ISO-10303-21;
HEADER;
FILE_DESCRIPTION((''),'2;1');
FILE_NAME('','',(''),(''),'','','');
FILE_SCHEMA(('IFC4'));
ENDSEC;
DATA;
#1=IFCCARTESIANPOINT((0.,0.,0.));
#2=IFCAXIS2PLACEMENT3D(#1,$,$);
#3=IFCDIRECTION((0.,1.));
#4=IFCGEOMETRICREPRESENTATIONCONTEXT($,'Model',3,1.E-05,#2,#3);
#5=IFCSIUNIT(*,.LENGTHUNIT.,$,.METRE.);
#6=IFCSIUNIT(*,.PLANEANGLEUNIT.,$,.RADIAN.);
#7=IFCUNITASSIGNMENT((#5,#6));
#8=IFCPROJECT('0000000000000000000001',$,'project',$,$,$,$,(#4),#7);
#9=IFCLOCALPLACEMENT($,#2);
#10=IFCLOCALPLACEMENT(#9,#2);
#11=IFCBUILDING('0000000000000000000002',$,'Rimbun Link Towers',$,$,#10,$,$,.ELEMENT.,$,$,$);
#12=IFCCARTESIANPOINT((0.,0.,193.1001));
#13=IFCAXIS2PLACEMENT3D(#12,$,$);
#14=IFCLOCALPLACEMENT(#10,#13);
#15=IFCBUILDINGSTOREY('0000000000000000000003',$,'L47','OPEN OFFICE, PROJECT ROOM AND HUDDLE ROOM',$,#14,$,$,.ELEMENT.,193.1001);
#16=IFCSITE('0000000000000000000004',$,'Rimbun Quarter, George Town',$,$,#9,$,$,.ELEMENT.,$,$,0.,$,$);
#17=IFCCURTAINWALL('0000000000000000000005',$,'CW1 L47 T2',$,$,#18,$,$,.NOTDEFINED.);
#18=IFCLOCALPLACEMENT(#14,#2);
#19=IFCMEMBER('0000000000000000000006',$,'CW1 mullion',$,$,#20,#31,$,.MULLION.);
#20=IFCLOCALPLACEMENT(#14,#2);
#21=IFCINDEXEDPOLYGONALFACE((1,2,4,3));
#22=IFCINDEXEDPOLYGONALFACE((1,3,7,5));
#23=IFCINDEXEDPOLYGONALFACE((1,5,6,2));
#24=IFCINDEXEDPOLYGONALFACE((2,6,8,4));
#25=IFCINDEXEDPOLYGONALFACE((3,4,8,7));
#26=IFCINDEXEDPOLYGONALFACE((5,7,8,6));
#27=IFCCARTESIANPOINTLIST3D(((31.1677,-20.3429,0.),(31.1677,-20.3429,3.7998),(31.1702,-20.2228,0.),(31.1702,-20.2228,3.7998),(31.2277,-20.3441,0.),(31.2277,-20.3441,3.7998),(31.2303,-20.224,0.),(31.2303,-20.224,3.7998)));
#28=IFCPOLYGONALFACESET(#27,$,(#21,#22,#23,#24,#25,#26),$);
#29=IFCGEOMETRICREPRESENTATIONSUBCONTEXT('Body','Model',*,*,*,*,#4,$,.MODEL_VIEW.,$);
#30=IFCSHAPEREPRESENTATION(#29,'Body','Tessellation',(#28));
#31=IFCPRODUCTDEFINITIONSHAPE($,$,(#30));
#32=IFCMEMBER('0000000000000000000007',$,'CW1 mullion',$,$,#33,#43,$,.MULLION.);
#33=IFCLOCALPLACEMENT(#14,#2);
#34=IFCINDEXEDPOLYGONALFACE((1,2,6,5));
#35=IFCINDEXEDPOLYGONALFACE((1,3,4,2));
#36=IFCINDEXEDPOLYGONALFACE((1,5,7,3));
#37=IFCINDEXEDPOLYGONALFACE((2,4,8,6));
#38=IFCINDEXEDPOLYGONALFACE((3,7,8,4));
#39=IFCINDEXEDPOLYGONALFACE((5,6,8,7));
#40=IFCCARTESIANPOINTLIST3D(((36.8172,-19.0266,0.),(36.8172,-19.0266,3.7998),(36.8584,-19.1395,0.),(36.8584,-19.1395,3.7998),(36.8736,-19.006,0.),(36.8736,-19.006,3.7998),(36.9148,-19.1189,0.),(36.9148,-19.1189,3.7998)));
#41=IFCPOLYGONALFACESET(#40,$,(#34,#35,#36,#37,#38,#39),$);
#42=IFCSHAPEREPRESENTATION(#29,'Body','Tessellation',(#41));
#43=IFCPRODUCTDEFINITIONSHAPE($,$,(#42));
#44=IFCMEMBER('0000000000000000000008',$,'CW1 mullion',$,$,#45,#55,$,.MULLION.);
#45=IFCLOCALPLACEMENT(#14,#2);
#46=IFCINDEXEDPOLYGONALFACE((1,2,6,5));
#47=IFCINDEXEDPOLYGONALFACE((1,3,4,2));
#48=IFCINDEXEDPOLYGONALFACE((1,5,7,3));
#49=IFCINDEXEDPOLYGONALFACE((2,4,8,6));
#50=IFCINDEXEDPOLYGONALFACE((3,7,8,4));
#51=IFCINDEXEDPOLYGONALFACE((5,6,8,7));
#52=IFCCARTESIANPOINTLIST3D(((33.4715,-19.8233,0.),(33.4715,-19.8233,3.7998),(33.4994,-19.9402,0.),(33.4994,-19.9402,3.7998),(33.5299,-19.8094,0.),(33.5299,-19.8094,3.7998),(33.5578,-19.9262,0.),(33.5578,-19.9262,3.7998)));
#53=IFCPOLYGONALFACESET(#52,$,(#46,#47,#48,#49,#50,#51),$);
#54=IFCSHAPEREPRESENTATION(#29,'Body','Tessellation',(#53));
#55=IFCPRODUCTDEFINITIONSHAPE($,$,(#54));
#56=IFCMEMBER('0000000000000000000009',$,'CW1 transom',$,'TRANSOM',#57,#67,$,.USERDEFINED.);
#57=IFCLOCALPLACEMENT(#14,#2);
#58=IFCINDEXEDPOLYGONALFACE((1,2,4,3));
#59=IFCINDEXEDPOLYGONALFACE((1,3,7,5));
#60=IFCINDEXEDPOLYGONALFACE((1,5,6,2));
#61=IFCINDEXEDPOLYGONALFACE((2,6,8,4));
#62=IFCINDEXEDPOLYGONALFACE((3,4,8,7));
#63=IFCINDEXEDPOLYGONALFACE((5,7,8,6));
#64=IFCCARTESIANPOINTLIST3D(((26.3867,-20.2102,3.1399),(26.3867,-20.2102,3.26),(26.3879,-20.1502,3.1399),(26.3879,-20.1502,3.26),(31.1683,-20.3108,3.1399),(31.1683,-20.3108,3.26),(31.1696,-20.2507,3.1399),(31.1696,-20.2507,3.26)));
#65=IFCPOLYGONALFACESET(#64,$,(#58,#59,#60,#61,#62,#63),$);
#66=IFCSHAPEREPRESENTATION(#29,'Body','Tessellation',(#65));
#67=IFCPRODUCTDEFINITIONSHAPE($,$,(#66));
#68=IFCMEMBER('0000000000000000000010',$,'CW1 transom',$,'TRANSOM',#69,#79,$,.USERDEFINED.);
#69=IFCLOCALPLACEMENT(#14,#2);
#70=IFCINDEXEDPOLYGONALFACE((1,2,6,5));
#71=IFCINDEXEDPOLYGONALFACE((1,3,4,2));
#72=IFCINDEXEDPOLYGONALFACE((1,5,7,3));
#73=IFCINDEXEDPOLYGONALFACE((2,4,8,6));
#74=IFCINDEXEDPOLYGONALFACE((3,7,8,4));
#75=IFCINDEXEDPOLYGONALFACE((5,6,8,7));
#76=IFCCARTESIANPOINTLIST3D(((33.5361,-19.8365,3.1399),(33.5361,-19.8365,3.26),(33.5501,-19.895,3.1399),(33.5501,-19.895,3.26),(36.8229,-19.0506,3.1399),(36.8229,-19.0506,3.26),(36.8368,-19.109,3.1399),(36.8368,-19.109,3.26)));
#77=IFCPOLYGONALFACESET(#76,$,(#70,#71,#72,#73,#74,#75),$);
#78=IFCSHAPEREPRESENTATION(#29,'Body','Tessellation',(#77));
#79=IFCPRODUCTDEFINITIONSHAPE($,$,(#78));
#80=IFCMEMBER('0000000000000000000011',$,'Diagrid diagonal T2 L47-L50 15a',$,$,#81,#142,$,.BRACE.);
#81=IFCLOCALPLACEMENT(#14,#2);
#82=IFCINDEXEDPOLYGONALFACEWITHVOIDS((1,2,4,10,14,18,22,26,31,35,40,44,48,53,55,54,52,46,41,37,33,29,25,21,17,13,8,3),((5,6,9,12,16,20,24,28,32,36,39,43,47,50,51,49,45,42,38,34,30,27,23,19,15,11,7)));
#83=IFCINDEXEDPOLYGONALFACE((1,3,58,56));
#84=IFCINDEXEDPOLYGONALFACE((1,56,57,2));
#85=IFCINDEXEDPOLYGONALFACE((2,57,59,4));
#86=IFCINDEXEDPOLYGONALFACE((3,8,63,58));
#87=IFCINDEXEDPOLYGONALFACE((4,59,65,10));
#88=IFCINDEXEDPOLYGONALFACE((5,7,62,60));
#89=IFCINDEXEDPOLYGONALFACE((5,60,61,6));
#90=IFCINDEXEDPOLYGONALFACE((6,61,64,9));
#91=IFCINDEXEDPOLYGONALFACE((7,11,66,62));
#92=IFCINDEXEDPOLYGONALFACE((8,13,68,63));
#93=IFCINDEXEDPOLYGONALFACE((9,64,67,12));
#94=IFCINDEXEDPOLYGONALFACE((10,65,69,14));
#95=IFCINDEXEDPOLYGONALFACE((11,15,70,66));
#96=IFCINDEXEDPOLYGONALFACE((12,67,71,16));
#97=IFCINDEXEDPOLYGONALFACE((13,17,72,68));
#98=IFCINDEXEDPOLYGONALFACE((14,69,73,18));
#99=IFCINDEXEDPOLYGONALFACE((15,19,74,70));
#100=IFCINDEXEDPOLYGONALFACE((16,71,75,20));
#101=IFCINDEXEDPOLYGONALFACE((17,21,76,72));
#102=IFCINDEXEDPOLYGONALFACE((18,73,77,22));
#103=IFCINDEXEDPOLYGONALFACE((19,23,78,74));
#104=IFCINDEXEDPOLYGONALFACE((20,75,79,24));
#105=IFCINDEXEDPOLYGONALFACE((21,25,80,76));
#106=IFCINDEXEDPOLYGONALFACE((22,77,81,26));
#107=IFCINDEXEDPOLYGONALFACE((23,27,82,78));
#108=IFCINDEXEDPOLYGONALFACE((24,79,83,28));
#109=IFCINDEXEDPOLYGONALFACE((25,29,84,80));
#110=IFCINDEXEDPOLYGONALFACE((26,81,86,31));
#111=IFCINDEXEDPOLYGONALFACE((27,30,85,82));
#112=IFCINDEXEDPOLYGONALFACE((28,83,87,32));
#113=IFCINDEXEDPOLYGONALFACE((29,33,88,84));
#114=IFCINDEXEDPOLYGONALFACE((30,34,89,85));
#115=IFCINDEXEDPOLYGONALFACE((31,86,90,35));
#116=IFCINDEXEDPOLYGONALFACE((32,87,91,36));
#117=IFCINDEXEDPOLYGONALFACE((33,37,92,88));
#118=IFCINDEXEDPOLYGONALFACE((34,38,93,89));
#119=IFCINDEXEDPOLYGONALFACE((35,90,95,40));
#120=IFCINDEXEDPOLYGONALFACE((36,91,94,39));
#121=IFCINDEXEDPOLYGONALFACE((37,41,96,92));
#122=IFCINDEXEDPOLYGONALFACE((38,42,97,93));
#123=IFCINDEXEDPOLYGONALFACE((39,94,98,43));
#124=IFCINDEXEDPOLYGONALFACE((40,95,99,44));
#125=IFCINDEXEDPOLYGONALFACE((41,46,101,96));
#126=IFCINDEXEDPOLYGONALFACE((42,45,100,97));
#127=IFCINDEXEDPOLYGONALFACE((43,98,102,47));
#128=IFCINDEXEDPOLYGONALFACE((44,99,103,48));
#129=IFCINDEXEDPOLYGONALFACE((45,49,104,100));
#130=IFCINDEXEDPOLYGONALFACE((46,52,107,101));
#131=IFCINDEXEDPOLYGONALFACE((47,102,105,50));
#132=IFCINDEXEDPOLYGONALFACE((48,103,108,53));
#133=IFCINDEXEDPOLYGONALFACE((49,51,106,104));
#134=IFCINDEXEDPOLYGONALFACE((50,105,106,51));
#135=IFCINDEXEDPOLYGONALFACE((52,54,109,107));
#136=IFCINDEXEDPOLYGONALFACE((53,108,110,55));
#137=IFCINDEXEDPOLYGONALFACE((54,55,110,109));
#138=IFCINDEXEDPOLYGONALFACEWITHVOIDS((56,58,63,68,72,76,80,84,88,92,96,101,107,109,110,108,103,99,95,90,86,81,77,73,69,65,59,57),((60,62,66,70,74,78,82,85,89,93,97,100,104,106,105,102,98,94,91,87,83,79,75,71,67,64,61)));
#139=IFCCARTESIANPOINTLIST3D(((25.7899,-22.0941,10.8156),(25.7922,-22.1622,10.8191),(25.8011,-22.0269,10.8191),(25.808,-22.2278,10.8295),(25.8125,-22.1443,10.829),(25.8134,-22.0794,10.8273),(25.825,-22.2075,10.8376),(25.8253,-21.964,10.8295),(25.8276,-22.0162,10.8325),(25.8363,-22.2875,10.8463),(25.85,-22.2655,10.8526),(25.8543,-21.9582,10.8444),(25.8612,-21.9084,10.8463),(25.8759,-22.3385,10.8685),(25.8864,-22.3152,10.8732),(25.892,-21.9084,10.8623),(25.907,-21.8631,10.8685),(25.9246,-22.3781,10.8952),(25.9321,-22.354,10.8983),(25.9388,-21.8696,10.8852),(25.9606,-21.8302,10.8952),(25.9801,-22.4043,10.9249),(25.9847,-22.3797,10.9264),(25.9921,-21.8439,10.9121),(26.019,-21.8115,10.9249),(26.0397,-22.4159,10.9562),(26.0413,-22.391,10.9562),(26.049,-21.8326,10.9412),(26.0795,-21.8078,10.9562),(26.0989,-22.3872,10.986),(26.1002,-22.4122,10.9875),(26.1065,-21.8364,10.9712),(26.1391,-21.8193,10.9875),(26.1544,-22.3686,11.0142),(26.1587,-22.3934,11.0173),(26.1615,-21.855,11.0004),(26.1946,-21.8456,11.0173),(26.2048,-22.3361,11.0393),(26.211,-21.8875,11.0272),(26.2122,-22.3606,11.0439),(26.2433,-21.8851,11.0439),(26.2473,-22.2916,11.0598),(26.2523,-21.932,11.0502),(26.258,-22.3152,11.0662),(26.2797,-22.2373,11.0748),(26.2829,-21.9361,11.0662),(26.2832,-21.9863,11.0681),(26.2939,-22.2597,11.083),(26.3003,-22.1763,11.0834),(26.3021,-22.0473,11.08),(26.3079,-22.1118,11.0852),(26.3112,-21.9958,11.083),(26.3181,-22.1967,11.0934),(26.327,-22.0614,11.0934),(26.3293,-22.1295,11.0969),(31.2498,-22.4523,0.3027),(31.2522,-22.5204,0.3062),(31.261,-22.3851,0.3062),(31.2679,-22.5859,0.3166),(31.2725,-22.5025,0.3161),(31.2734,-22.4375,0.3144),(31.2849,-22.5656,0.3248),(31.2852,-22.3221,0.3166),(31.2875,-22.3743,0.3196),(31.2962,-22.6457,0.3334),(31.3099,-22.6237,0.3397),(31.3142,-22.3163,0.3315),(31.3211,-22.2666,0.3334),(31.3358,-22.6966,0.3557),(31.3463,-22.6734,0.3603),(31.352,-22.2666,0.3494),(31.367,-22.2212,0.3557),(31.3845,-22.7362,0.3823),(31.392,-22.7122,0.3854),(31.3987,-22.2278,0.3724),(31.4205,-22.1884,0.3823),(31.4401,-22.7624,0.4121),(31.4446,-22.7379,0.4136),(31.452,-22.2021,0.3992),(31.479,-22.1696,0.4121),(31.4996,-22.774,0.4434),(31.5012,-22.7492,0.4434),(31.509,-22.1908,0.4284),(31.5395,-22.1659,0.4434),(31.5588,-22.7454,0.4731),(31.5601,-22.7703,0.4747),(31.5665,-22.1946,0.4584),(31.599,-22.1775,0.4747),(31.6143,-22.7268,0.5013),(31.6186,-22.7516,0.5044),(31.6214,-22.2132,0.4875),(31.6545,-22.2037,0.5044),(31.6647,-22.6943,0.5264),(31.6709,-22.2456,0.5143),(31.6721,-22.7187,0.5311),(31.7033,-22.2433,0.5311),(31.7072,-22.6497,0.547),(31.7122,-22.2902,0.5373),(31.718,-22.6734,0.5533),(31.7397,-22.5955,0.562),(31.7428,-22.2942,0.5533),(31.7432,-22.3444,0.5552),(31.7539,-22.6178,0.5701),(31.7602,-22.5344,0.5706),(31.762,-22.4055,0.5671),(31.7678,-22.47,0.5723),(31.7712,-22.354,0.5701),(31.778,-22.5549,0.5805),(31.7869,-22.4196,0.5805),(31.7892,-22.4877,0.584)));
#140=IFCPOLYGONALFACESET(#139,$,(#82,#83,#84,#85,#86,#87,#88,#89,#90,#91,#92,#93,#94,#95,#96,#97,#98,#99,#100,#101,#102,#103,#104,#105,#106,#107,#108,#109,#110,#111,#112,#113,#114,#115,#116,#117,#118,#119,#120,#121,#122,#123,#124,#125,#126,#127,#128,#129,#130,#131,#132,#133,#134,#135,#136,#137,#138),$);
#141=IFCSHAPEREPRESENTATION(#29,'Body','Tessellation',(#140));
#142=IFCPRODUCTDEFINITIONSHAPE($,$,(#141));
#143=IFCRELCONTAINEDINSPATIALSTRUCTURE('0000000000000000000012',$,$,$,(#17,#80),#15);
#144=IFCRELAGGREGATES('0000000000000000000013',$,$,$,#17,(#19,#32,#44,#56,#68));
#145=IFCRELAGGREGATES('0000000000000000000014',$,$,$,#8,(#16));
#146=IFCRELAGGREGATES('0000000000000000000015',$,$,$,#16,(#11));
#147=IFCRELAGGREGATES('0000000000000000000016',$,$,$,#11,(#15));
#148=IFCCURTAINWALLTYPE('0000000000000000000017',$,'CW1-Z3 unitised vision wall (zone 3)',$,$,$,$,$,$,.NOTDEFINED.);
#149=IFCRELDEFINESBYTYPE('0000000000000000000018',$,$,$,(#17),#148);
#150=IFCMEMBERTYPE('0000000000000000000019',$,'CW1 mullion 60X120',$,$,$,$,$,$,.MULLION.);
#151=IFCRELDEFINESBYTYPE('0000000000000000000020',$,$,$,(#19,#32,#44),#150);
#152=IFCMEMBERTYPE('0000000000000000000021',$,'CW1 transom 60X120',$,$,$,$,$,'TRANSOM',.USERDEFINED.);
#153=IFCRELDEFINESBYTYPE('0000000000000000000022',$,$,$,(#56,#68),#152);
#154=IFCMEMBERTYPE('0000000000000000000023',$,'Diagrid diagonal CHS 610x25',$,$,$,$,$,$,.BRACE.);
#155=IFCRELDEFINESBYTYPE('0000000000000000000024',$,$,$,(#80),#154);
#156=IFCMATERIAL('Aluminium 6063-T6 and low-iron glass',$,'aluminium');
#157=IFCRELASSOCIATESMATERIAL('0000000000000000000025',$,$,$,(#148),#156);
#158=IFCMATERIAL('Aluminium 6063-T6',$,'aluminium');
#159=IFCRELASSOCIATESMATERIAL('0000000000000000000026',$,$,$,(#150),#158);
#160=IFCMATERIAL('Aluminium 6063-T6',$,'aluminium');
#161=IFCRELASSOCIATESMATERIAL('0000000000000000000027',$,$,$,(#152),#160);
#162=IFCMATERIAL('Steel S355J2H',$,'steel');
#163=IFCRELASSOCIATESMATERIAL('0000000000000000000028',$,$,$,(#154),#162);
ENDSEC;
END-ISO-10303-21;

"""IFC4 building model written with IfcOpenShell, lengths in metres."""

from ifc_helpers import new_model, si_unit, direction, frame, origin, origin_2d, place, context, subcontext, project, spatial, rectangle, hollow_circle, extrude, material, material_profile, profile_set, type_object, element, aggregate, save


model = new_model("IFC4")

# Units and contexts
model_context = context("Model", 3, precision=1e-05, world=origin(), true_north=direction((0.0, 1.0)))
body_context = subcontext(model_context, "Body", "Model", "MODEL_VIEW")
ifc_project = project(units=[si_unit("LENGTHUNIT", "METRE"), si_unit("PLANEANGLEUNIT", "RADIAN")], contexts=[model_context])

# Site, building, storey
site_placement = place(None, origin())
site = spatial("IfcSite", under=ifc_project, at=site_placement, Name="Rimbun Quarter, George Town", CompositionType="ELEMENT", RefElevation=0.0)
building_placement = place(site_placement, origin())
building = spatial("IfcBuilding", under=site, at=building_placement, Name="Rimbun Link Towers", CompositionType="ELEMENT")
storey_placement = place(building_placement, frame((0.0, 0.0, 193.1001)))
storey = spatial("IfcBuildingStorey", under=building, at=storey_placement, Name="L47", Description="OPEN OFFICE, PROJECT ROOM AND HUDDLE ROOM", CompositionType="ELEMENT", Elevation=193.1001)

# Curtain wall, members
ifc_material_1 = material(Name="Aluminium 6063-T6 and low-iron glass", Category="aluminium")
curtain_wall_type = type_object("IfcCurtainWallType", Name="CW1-Z3 unitised vision wall (zone 3)", PredefinedType="NOTDEFINED", material=ifc_material_1)
curtain_wall_placement = place(storey_placement, origin())
curtain_wall = element("IfcCurtainWall", 1, at=curtain_wall_placement, inside=storey, type_object=curtain_wall_type, Name="CW1 L47 T2", PredefinedType="NOTDEFINED")
ifc_material_2 = material(Name="Aluminium 6063-T6", Category="aluminium")
ifc_material_profile_1 = material_profile(ifc_material_2, rectangle(XDim=0.1201, YDim=0.0601, at=origin_2d()), Name="MULLION 60X120")
ifc_profile_set_1 = profile_set([ifc_material_profile_1], Name="Aluminium 6063-T6")
member_type_1 = type_object("IfcMemberType", Name="CW1 mullion 60X120", PredefinedType="MULLION", material=ifc_profile_set_1)
member_1_placement = place(storey_placement, frame((31.199, -20.2834, 0.0), z_axis=(0.0, 0.0, 1.0), x_axis=(-0.021066, -0.999778, 0.0)))
member_1 = element("IfcMember", 2, at=member_1_placement, type_object=member_type_1, Name="CW1 mullion", PredefinedType="MULLION", context=body_context, shape_type="SweptSolid", body=[
    extrude(rectangle(XDim=0.1201, YDim=0.0601, at=origin_2d()), origin(), (0.0, 0.0, 1.0), 3.7998),
])
member_2_placement = place(storey_placement, frame((36.866, -19.0728, 0.0), z_axis=(0.0, 0.0, 1.0), x_axis=(0.342972, -0.939346, 0.0)))
member_2 = element("IfcMember", 3, at=member_2_placement, type_object=member_type_1, Name="CW1 mullion", PredefinedType="MULLION", context=body_context, shape_type="SweptSolid", body=[
    extrude(rectangle(XDim=0.1201, YDim=0.0601, at=origin_2d()), origin(), (0.0, 0.0, 1.0), 3.7998),
])
member_3_placement = place(storey_placement, frame((33.5146, -19.8748, 0.0), z_axis=(0.0, 0.0, 1.0), x_axis=(0.232616, -0.972569, 0.0)))
member_3 = element("IfcMember", 4, at=member_3_placement, type_object=member_type_1, Name="CW1 mullion", PredefinedType="MULLION", context=body_context, shape_type="SweptSolid", body=[
    extrude(rectangle(XDim=0.1201, YDim=0.0601, at=origin_2d()), origin(), (0.0, 0.0, 1.0), 3.7998),
])
ifc_material_3 = material(Name="Aluminium 6063-T6", Category="aluminium")
ifc_material_profile_2 = material_profile(ifc_material_3, rectangle(XDim=0.0601, YDim=0.1201, at=origin_2d()), Name="TRANSOM 60X120")
ifc_profile_set_2 = profile_set([ifc_material_profile_2], Name="Aluminium 6063-T6")
member_type_2 = type_object("IfcMemberType", Name="CW1 transom 60X120", ElementType="TRANSOM", PredefinedType="USERDEFINED", material=ifc_profile_set_2)
member_4_placement = place(storey_placement, frame((31.1689, -20.2808, 3.2), z_axis=(-0.999779, 0.021031, 0.0), x_axis=(-0.021031, -0.999779, 0.0)))
member_4 = element("IfcMember", 5, at=member_4_placement, type_object=member_type_2, Name="CW1 transom", ObjectType="TRANSOM", PredefinedType="USERDEFINED", context=body_context, shape_type="SweptSolid", body=[
    extrude(rectangle(XDim=0.0601, YDim=0.1201, at=origin_2d()), origin(), (0.0, 0.0, 1.0), 4.7827),
])
member_5_placement = place(storey_placement, frame((36.8298, -19.0798, 3.2), z_axis=(-0.972582, -0.232561, 0.0), x_axis=(0.232561, -0.972582, 0.0)))
member_5 = element("IfcMember", 6, at=member_5_placement, type_object=member_type_2, Name="CW1 transom", ObjectType="TRANSOM", PredefinedType="USERDEFINED", context=body_context, shape_type="SweptSolid", body=[
    extrude(rectangle(XDim=0.0601, YDim=0.1201, at=origin_2d()), origin(), (0.0, 0.0, 1.0), 3.3794),
])

# Member
ifc_material_4 = material(Name="Steel S355J2H", Category="steel")
ifc_material_profile_3 = material_profile(ifc_material_4, hollow_circle(Radius=0.3047, WallThickness=0.0249, at=origin_2d()), Name="Diagrid diagonal CHS 610x25")
ifc_profile_set_3 = profile_set([ifc_material_profile_3], Name="Steel S355J2H")
member_type_3 = type_object("IfcMemberType", Name="Diagrid diagonal CHS 610x25", PredefinedType="BRACE", material=ifc_profile_set_3)
member_6_placement = place(storey_placement, frame((31.5195, -22.47, 0.4434), z_axis=(-0.460692, 0.03022, 0.887045), x_axis=(-0.065456, -0.997855, 0.0)))
element("IfcMember", 7, at=member_6_placement, inside=storey, type_object=member_type_3, Name="Diagrid diagonal T2 L47-L50 15a", PredefinedType="BRACE", context=body_context, shape_type="SweptSolid", body=[
    extrude(hollow_circle(Radius=0.3047, WallThickness=0.0249, at=origin_2d()), origin(), (0.0, 0.0, 1.0), 11.8516),
])

aggregate(curtain_wall, [member_1, member_2, member_3, member_4, member_5])

save(model, "model.ifc")
